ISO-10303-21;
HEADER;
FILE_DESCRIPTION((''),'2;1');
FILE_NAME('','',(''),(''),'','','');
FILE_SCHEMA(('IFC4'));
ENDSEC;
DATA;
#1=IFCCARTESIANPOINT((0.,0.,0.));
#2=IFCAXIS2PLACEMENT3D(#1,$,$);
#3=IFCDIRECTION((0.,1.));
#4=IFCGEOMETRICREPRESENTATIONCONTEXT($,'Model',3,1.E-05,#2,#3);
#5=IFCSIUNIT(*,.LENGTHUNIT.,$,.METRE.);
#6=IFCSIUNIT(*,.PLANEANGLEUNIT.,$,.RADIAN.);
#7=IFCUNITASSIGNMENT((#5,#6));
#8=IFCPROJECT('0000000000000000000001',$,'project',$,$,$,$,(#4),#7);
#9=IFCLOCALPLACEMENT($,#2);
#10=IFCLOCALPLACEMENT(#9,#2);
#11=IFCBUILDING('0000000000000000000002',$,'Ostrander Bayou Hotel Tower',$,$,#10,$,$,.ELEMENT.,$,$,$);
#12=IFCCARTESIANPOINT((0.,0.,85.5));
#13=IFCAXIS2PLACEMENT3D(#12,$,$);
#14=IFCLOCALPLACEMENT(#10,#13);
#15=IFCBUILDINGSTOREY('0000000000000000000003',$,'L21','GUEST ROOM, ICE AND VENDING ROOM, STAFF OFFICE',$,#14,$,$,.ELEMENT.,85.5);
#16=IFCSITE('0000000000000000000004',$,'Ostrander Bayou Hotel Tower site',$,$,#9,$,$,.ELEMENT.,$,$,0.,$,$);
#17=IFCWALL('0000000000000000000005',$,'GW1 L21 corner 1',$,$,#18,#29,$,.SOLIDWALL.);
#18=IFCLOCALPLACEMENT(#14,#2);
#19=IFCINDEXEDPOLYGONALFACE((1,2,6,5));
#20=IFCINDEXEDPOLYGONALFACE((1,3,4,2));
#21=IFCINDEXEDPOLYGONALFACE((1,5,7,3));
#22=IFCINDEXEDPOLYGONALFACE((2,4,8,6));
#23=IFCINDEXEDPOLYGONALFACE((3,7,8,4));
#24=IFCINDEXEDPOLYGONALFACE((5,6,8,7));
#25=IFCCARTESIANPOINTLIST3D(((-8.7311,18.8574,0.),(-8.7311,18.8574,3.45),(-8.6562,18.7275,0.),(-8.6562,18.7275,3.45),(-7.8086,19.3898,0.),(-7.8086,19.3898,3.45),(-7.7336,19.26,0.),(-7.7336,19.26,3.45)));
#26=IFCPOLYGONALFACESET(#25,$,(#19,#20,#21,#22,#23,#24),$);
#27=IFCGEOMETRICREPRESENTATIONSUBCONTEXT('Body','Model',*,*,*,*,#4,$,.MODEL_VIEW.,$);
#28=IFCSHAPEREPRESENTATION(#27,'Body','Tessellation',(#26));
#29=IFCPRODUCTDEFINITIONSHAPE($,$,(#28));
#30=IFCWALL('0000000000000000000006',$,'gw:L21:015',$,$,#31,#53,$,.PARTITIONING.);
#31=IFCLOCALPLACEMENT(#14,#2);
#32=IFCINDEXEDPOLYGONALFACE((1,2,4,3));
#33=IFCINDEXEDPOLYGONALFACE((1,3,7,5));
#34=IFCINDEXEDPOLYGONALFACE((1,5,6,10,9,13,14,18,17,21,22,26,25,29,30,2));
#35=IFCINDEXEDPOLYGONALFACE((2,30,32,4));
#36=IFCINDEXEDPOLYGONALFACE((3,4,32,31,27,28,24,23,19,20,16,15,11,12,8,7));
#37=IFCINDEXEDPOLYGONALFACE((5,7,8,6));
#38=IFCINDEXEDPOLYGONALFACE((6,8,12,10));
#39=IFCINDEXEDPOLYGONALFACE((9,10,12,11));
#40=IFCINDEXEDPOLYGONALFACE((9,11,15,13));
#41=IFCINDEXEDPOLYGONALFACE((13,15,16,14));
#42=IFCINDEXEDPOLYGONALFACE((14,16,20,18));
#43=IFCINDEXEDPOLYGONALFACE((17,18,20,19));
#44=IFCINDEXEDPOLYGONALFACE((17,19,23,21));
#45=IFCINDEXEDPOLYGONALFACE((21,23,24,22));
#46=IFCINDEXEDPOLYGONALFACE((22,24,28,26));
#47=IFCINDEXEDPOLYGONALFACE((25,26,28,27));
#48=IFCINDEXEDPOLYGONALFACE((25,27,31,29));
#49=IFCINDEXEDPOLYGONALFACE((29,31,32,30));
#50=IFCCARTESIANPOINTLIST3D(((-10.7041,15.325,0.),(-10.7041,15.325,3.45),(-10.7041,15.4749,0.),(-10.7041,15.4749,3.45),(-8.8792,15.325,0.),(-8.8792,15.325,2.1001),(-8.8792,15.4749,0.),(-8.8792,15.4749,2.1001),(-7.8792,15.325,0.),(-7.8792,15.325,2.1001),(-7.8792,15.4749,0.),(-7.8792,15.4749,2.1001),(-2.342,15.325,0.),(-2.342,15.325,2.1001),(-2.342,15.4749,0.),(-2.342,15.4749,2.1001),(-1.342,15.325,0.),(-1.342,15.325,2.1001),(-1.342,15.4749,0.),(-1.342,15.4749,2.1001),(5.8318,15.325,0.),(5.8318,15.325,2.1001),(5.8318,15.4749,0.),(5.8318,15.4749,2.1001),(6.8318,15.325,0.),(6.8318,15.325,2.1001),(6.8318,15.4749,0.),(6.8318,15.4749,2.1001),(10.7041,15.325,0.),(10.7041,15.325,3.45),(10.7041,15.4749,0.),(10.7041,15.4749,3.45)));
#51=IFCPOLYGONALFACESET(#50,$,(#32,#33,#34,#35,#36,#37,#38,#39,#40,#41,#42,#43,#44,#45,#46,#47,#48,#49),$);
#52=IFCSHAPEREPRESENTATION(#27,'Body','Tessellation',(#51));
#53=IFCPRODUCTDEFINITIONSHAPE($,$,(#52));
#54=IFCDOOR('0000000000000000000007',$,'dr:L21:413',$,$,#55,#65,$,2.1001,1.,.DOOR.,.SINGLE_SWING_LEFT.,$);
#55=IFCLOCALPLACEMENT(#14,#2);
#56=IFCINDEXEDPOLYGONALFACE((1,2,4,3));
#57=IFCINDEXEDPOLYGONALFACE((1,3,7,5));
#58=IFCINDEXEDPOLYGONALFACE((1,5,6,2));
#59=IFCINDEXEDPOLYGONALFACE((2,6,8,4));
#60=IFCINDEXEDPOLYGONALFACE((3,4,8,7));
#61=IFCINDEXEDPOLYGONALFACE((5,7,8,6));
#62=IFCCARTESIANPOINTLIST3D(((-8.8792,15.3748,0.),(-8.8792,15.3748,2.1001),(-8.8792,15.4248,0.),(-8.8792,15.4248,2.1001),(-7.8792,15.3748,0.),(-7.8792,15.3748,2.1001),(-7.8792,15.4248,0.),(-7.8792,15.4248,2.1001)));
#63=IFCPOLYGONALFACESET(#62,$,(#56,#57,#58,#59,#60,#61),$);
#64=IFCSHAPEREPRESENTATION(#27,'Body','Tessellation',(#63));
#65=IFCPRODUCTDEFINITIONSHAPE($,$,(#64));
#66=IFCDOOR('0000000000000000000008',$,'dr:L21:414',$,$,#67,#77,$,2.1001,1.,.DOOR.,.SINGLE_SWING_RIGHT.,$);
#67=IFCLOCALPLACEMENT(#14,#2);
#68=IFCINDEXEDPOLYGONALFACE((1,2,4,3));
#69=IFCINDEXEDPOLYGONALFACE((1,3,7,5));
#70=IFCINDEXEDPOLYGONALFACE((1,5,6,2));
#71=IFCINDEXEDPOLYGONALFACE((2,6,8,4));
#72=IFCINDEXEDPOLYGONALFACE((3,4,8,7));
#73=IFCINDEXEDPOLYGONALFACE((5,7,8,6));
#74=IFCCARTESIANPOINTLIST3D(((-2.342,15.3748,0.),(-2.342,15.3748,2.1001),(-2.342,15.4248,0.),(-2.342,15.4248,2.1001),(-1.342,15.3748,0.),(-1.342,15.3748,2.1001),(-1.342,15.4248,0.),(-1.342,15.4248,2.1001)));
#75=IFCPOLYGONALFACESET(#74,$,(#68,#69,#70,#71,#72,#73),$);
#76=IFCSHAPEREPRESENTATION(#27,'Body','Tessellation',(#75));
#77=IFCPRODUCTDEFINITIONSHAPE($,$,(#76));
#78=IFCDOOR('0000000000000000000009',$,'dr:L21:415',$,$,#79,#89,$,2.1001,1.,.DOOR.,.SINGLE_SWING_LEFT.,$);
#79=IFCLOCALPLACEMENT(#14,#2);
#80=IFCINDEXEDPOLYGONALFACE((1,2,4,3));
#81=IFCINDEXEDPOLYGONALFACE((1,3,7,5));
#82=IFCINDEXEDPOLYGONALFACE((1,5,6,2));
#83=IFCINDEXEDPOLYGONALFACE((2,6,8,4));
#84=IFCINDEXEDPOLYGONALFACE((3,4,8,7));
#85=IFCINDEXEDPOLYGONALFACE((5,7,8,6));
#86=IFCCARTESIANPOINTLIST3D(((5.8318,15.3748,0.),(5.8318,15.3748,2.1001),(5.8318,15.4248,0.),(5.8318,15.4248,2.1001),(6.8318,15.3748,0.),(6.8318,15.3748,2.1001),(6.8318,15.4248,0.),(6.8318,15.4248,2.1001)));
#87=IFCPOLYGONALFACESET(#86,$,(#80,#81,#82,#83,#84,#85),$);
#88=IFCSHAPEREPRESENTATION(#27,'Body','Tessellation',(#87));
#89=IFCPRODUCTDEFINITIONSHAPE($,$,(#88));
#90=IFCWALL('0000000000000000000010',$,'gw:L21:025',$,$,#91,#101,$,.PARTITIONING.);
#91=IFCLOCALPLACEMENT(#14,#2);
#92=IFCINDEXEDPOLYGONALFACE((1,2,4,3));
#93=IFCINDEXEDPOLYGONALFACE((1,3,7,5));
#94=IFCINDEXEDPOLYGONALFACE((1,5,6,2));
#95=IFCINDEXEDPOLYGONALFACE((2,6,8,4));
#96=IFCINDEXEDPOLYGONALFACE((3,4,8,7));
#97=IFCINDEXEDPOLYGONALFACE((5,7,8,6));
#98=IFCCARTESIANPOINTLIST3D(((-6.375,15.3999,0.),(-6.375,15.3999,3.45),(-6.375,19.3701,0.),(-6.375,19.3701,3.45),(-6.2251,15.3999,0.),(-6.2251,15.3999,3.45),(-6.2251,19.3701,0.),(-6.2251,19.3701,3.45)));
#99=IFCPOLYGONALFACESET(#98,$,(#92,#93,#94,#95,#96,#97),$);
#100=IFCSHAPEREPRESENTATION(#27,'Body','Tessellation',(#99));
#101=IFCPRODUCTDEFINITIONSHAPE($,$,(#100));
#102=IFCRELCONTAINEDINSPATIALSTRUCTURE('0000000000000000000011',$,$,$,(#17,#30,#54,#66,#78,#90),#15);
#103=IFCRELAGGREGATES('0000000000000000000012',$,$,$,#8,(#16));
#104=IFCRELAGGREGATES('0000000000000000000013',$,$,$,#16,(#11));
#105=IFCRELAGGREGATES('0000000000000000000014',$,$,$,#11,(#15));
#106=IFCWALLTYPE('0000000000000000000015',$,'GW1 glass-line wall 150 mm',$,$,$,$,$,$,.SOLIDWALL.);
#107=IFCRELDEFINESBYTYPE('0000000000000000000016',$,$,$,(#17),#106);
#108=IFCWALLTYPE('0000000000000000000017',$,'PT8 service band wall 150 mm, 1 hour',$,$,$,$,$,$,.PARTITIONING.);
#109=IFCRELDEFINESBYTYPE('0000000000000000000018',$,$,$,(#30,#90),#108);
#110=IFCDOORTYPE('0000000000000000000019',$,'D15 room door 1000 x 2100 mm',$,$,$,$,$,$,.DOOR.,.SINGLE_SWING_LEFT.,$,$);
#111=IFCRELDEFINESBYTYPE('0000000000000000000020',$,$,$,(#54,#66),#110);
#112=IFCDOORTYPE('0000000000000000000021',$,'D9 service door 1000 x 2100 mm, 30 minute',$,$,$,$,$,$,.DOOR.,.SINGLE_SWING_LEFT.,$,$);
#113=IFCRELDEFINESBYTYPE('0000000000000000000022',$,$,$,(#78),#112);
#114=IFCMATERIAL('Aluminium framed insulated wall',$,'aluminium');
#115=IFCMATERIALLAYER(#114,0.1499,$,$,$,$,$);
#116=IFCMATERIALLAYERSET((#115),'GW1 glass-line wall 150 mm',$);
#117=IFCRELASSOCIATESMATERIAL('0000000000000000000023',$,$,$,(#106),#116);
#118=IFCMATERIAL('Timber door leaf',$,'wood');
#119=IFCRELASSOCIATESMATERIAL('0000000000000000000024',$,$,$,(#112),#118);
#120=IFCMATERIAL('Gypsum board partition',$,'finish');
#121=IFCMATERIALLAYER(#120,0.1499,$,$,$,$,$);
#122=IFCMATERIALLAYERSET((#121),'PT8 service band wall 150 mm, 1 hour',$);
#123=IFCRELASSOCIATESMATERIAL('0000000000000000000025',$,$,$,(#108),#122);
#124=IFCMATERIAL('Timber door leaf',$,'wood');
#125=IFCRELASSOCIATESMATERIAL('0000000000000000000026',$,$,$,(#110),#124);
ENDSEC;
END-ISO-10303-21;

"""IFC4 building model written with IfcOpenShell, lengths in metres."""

from ifc_helpers import new_model, si_unit, direction, frame, frame_2d, origin, place, context, subcontext, project, spatial, rectangle, extrude, material, layer, layer_set, type_object, element, fill, save


model = new_model("IFC4")

# Units and contexts
model_context = context("Model", 3, precision=1e-05, world=origin(), true_north=direction((0.0, 1.0)))
body_context = subcontext(model_context, "Body", "Model", "MODEL_VIEW")
ifc_project = project(units=[si_unit("LENGTHUNIT", "METRE"), si_unit("PLANEANGLEUNIT", "RADIAN")], contexts=[model_context])

# Site, building, storey
site_placement = place(None, origin())
site = spatial("IfcSite", under=ifc_project, at=site_placement, Name="Ostrander Bayou Hotel Tower site", CompositionType="ELEMENT", RefElevation=0.0)
building_placement = place(site_placement, origin())
building = spatial("IfcBuilding", under=site, at=building_placement, Name="Ostrander Bayou Hotel Tower", CompositionType="ELEMENT")
storey_placement = place(building_placement, frame((0.0, 0.0, 85.5)))
storey = spatial("IfcBuildingStorey", under=building, at=storey_placement, Name="L21", Description="GUEST ROOM, ICE AND VENDING ROOM, STAFF OFFICE", CompositionType="ELEMENT", Elevation=85.5)

# Shared definitions
ifc_material_1 = material(Name="Aluminium framed insulated wall", Category="aluminium")
ifc_layer_1 = layer(ifc_material_1, 0.1499)
ifc_layer_set_1 = layer_set([ifc_layer_1], Name="GW1 glass-line wall 150 mm")
wall_type_1 = type_object("IfcWallType", Name="GW1 glass-line wall 150 mm", PredefinedType="SOLIDWALL", material=ifc_layer_set_1)

# Wall
wall_1_placement = place(storey_placement, frame((-7.771, 19.325, 0.0), z_axis=(0.0, 0.0, 1.0), x_axis=(-0.866105, -0.499861, 0.0)))
element("IfcWall", 1, at=wall_1_placement, inside=storey, type_object=wall_type_1, Name="GW1 L21 corner 1", PredefinedType="SOLIDWALL", context=body_context, shape_type="SweptSolid", body=[
    extrude(rectangle(XDim=1.0652, YDim=0.1499, at=frame_2d((0.5327, 0.0))), origin(), (0.0, 0.0, 1.0), 3.45),
])

# Shared definitions
ifc_material_2 = material(Name="Timber door leaf", Category="wood")
door_type_1 = type_object("IfcDoorType", Name="D9 service door 1000 x 2100 mm, 30 minute", OperationType="SINGLE_SWING_LEFT", PredefinedType="DOOR", material=ifc_material_2)

# Wall, openings, doors
ifc_material_3 = material(Name="Gypsum board partition", Category="finish")
ifc_layer_2 = layer(ifc_material_3, 0.1499)
ifc_layer_set_2 = layer_set([ifc_layer_2], Name="PT8 service band wall 150 mm, 1 hour")
wall_type_2 = type_object("IfcWallType", Name="PT8 service band wall 150 mm, 1 hour", PredefinedType="PARTITIONING", material=ifc_layer_set_2)
wall_2_placement = place(storey_placement, frame((-10.7041, 15.3999, 0.0), z_axis=(0.0, 0.0, 1.0), x_axis=(1.0, 0.0, 0.0)))
wall_2 = element("IfcWall", 2, at=wall_2_placement, inside=storey, type_object=wall_type_2, Name="gw:L21:015", PredefinedType="PARTITIONING", context=body_context, shape_type="SweptSolid", body=[
    extrude(rectangle(XDim=21.4082, YDim=0.1499, at=frame_2d((10.7041, 0.0))), origin(), (0.0, 0.0, 1.0), 3.45),
])
opening_1_placement = place(wall_2_placement, frame((1.825, 0.0, 0.0)))
opening_1 = element("IfcOpeningElement", 3, at=opening_1_placement, cuts=wall_2, PredefinedType="OPENING", context=body_context, shape_type="SweptSolid", body=[
    extrude(rectangle(XDim=1.0, YDim=2.1001, at=frame_2d((0.5, 1.05))), frame((0.0, 0.075, 0.0), z_axis=(0.0, -1.0, 0.0), x_axis=(1.0, 0.0, 0.0)), (0.0, 0.0, 1.0), 0.1499),
])
opening_2_placement = place(wall_2_placement, frame((8.3621, 0.0, 0.0)))
opening_2 = element("IfcOpeningElement", 4, at=opening_2_placement, cuts=wall_2, PredefinedType="OPENING", context=body_context, shape_type="SweptSolid", body=[
    extrude(rectangle(XDim=1.0, YDim=2.1001, at=frame_2d((0.5, 1.05))), frame((0.0, 0.075, 0.0), z_axis=(0.0, -1.0, 0.0), x_axis=(1.0, 0.0, 0.0)), (0.0, 0.0, 1.0), 0.1499),
])
opening_3_placement = place(wall_2_placement, frame((16.5359, 0.0, 0.0)))
opening_3 = element("IfcOpeningElement", 5, at=opening_3_placement, cuts=wall_2, PredefinedType="OPENING", context=body_context, shape_type="SweptSolid", body=[
    extrude(rectangle(XDim=1.0, YDim=2.1001, at=frame_2d((0.5, 1.05))), frame((0.0, 0.075, 0.0), z_axis=(0.0, -1.0, 0.0), x_axis=(1.0, 0.0, 0.0)), (0.0, 0.0, 1.0), 0.1499),
])
ifc_material_4 = material(Name="Timber door leaf", Category="wood")
door_type_2 = type_object("IfcDoorType", Name="D15 room door 1000 x 2100 mm", OperationType="SINGLE_SWING_LEFT", PredefinedType="DOOR", material=ifc_material_4)
door_1_placement = place(opening_1_placement, origin())
door_1 = element("IfcDoor", 6, at=door_1_placement, inside=storey, type_object=door_type_2, Name="dr:L21:413", OperationType="SINGLE_SWING_LEFT", OverallHeight=2.1001, OverallWidth=1.0, PredefinedType="DOOR", context=body_context, shape_type="SweptSolid", body=[
    extrude(rectangle(XDim=1.0, YDim=2.1001, at=frame_2d((0.5, 1.05))), frame((0.0, 0.0249, 0.0), z_axis=(0.0, -1.0, 0.0), x_axis=(1.0, 0.0, 0.0)), (0.0, 0.0, 1.0), 0.05),
])
fill(opening_1, door_1)
door_2_placement = place(opening_2_placement, origin())
door_2 = element("IfcDoor", 7, at=door_2_placement, inside=storey, type_object=door_type_2, Name="dr:L21:414", OperationType="SINGLE_SWING_RIGHT", OverallHeight=2.1001, OverallWidth=1.0, PredefinedType="DOOR", context=body_context, shape_type="SweptSolid", body=[
    extrude(rectangle(XDim=1.0, YDim=2.1001, at=frame_2d((0.5, 1.05))), frame((0.0, 0.0249, 0.0), z_axis=(0.0, -1.0, 0.0), x_axis=(1.0, 0.0, 0.0)), (0.0, 0.0, 1.0), 0.05),
])
fill(opening_2, door_2)
door_3_placement = place(opening_3_placement, origin())
door_3 = element("IfcDoor", 8, at=door_3_placement, inside=storey, type_object=door_type_1, Name="dr:L21:415", OperationType="SINGLE_SWING_LEFT", OverallHeight=2.1001, OverallWidth=1.0, PredefinedType="DOOR", context=body_context, shape_type="SweptSolid", body=[
    extrude(rectangle(XDim=1.0, YDim=2.1001, at=frame_2d((0.5, 1.05))), frame((0.0, 0.0249, 0.0), z_axis=(0.0, -1.0, 0.0), x_axis=(1.0, 0.0, 0.0)), (0.0, 0.0, 1.0), 0.05),
])
fill(opening_3, door_3)

# Wall
wall_3_placement = place(storey_placement, frame((-6.3, 15.3999, 0.0), z_axis=(0.0, 0.0, 1.0), x_axis=(0.0, 1.0, 0.0)))
element("IfcWall", 9, at=wall_3_placement, inside=storey, type_object=wall_type_2, Name="gw:L21:025", PredefinedType="PARTITIONING", context=body_context, shape_type="SweptSolid", body=[
    extrude(rectangle(XDim=3.9702, YDim=0.1499, at=frame_2d((1.9851, 0.0))), origin(), (0.0, 0.0, 1.0), 3.45),
])

save(model, "model.ifc")
